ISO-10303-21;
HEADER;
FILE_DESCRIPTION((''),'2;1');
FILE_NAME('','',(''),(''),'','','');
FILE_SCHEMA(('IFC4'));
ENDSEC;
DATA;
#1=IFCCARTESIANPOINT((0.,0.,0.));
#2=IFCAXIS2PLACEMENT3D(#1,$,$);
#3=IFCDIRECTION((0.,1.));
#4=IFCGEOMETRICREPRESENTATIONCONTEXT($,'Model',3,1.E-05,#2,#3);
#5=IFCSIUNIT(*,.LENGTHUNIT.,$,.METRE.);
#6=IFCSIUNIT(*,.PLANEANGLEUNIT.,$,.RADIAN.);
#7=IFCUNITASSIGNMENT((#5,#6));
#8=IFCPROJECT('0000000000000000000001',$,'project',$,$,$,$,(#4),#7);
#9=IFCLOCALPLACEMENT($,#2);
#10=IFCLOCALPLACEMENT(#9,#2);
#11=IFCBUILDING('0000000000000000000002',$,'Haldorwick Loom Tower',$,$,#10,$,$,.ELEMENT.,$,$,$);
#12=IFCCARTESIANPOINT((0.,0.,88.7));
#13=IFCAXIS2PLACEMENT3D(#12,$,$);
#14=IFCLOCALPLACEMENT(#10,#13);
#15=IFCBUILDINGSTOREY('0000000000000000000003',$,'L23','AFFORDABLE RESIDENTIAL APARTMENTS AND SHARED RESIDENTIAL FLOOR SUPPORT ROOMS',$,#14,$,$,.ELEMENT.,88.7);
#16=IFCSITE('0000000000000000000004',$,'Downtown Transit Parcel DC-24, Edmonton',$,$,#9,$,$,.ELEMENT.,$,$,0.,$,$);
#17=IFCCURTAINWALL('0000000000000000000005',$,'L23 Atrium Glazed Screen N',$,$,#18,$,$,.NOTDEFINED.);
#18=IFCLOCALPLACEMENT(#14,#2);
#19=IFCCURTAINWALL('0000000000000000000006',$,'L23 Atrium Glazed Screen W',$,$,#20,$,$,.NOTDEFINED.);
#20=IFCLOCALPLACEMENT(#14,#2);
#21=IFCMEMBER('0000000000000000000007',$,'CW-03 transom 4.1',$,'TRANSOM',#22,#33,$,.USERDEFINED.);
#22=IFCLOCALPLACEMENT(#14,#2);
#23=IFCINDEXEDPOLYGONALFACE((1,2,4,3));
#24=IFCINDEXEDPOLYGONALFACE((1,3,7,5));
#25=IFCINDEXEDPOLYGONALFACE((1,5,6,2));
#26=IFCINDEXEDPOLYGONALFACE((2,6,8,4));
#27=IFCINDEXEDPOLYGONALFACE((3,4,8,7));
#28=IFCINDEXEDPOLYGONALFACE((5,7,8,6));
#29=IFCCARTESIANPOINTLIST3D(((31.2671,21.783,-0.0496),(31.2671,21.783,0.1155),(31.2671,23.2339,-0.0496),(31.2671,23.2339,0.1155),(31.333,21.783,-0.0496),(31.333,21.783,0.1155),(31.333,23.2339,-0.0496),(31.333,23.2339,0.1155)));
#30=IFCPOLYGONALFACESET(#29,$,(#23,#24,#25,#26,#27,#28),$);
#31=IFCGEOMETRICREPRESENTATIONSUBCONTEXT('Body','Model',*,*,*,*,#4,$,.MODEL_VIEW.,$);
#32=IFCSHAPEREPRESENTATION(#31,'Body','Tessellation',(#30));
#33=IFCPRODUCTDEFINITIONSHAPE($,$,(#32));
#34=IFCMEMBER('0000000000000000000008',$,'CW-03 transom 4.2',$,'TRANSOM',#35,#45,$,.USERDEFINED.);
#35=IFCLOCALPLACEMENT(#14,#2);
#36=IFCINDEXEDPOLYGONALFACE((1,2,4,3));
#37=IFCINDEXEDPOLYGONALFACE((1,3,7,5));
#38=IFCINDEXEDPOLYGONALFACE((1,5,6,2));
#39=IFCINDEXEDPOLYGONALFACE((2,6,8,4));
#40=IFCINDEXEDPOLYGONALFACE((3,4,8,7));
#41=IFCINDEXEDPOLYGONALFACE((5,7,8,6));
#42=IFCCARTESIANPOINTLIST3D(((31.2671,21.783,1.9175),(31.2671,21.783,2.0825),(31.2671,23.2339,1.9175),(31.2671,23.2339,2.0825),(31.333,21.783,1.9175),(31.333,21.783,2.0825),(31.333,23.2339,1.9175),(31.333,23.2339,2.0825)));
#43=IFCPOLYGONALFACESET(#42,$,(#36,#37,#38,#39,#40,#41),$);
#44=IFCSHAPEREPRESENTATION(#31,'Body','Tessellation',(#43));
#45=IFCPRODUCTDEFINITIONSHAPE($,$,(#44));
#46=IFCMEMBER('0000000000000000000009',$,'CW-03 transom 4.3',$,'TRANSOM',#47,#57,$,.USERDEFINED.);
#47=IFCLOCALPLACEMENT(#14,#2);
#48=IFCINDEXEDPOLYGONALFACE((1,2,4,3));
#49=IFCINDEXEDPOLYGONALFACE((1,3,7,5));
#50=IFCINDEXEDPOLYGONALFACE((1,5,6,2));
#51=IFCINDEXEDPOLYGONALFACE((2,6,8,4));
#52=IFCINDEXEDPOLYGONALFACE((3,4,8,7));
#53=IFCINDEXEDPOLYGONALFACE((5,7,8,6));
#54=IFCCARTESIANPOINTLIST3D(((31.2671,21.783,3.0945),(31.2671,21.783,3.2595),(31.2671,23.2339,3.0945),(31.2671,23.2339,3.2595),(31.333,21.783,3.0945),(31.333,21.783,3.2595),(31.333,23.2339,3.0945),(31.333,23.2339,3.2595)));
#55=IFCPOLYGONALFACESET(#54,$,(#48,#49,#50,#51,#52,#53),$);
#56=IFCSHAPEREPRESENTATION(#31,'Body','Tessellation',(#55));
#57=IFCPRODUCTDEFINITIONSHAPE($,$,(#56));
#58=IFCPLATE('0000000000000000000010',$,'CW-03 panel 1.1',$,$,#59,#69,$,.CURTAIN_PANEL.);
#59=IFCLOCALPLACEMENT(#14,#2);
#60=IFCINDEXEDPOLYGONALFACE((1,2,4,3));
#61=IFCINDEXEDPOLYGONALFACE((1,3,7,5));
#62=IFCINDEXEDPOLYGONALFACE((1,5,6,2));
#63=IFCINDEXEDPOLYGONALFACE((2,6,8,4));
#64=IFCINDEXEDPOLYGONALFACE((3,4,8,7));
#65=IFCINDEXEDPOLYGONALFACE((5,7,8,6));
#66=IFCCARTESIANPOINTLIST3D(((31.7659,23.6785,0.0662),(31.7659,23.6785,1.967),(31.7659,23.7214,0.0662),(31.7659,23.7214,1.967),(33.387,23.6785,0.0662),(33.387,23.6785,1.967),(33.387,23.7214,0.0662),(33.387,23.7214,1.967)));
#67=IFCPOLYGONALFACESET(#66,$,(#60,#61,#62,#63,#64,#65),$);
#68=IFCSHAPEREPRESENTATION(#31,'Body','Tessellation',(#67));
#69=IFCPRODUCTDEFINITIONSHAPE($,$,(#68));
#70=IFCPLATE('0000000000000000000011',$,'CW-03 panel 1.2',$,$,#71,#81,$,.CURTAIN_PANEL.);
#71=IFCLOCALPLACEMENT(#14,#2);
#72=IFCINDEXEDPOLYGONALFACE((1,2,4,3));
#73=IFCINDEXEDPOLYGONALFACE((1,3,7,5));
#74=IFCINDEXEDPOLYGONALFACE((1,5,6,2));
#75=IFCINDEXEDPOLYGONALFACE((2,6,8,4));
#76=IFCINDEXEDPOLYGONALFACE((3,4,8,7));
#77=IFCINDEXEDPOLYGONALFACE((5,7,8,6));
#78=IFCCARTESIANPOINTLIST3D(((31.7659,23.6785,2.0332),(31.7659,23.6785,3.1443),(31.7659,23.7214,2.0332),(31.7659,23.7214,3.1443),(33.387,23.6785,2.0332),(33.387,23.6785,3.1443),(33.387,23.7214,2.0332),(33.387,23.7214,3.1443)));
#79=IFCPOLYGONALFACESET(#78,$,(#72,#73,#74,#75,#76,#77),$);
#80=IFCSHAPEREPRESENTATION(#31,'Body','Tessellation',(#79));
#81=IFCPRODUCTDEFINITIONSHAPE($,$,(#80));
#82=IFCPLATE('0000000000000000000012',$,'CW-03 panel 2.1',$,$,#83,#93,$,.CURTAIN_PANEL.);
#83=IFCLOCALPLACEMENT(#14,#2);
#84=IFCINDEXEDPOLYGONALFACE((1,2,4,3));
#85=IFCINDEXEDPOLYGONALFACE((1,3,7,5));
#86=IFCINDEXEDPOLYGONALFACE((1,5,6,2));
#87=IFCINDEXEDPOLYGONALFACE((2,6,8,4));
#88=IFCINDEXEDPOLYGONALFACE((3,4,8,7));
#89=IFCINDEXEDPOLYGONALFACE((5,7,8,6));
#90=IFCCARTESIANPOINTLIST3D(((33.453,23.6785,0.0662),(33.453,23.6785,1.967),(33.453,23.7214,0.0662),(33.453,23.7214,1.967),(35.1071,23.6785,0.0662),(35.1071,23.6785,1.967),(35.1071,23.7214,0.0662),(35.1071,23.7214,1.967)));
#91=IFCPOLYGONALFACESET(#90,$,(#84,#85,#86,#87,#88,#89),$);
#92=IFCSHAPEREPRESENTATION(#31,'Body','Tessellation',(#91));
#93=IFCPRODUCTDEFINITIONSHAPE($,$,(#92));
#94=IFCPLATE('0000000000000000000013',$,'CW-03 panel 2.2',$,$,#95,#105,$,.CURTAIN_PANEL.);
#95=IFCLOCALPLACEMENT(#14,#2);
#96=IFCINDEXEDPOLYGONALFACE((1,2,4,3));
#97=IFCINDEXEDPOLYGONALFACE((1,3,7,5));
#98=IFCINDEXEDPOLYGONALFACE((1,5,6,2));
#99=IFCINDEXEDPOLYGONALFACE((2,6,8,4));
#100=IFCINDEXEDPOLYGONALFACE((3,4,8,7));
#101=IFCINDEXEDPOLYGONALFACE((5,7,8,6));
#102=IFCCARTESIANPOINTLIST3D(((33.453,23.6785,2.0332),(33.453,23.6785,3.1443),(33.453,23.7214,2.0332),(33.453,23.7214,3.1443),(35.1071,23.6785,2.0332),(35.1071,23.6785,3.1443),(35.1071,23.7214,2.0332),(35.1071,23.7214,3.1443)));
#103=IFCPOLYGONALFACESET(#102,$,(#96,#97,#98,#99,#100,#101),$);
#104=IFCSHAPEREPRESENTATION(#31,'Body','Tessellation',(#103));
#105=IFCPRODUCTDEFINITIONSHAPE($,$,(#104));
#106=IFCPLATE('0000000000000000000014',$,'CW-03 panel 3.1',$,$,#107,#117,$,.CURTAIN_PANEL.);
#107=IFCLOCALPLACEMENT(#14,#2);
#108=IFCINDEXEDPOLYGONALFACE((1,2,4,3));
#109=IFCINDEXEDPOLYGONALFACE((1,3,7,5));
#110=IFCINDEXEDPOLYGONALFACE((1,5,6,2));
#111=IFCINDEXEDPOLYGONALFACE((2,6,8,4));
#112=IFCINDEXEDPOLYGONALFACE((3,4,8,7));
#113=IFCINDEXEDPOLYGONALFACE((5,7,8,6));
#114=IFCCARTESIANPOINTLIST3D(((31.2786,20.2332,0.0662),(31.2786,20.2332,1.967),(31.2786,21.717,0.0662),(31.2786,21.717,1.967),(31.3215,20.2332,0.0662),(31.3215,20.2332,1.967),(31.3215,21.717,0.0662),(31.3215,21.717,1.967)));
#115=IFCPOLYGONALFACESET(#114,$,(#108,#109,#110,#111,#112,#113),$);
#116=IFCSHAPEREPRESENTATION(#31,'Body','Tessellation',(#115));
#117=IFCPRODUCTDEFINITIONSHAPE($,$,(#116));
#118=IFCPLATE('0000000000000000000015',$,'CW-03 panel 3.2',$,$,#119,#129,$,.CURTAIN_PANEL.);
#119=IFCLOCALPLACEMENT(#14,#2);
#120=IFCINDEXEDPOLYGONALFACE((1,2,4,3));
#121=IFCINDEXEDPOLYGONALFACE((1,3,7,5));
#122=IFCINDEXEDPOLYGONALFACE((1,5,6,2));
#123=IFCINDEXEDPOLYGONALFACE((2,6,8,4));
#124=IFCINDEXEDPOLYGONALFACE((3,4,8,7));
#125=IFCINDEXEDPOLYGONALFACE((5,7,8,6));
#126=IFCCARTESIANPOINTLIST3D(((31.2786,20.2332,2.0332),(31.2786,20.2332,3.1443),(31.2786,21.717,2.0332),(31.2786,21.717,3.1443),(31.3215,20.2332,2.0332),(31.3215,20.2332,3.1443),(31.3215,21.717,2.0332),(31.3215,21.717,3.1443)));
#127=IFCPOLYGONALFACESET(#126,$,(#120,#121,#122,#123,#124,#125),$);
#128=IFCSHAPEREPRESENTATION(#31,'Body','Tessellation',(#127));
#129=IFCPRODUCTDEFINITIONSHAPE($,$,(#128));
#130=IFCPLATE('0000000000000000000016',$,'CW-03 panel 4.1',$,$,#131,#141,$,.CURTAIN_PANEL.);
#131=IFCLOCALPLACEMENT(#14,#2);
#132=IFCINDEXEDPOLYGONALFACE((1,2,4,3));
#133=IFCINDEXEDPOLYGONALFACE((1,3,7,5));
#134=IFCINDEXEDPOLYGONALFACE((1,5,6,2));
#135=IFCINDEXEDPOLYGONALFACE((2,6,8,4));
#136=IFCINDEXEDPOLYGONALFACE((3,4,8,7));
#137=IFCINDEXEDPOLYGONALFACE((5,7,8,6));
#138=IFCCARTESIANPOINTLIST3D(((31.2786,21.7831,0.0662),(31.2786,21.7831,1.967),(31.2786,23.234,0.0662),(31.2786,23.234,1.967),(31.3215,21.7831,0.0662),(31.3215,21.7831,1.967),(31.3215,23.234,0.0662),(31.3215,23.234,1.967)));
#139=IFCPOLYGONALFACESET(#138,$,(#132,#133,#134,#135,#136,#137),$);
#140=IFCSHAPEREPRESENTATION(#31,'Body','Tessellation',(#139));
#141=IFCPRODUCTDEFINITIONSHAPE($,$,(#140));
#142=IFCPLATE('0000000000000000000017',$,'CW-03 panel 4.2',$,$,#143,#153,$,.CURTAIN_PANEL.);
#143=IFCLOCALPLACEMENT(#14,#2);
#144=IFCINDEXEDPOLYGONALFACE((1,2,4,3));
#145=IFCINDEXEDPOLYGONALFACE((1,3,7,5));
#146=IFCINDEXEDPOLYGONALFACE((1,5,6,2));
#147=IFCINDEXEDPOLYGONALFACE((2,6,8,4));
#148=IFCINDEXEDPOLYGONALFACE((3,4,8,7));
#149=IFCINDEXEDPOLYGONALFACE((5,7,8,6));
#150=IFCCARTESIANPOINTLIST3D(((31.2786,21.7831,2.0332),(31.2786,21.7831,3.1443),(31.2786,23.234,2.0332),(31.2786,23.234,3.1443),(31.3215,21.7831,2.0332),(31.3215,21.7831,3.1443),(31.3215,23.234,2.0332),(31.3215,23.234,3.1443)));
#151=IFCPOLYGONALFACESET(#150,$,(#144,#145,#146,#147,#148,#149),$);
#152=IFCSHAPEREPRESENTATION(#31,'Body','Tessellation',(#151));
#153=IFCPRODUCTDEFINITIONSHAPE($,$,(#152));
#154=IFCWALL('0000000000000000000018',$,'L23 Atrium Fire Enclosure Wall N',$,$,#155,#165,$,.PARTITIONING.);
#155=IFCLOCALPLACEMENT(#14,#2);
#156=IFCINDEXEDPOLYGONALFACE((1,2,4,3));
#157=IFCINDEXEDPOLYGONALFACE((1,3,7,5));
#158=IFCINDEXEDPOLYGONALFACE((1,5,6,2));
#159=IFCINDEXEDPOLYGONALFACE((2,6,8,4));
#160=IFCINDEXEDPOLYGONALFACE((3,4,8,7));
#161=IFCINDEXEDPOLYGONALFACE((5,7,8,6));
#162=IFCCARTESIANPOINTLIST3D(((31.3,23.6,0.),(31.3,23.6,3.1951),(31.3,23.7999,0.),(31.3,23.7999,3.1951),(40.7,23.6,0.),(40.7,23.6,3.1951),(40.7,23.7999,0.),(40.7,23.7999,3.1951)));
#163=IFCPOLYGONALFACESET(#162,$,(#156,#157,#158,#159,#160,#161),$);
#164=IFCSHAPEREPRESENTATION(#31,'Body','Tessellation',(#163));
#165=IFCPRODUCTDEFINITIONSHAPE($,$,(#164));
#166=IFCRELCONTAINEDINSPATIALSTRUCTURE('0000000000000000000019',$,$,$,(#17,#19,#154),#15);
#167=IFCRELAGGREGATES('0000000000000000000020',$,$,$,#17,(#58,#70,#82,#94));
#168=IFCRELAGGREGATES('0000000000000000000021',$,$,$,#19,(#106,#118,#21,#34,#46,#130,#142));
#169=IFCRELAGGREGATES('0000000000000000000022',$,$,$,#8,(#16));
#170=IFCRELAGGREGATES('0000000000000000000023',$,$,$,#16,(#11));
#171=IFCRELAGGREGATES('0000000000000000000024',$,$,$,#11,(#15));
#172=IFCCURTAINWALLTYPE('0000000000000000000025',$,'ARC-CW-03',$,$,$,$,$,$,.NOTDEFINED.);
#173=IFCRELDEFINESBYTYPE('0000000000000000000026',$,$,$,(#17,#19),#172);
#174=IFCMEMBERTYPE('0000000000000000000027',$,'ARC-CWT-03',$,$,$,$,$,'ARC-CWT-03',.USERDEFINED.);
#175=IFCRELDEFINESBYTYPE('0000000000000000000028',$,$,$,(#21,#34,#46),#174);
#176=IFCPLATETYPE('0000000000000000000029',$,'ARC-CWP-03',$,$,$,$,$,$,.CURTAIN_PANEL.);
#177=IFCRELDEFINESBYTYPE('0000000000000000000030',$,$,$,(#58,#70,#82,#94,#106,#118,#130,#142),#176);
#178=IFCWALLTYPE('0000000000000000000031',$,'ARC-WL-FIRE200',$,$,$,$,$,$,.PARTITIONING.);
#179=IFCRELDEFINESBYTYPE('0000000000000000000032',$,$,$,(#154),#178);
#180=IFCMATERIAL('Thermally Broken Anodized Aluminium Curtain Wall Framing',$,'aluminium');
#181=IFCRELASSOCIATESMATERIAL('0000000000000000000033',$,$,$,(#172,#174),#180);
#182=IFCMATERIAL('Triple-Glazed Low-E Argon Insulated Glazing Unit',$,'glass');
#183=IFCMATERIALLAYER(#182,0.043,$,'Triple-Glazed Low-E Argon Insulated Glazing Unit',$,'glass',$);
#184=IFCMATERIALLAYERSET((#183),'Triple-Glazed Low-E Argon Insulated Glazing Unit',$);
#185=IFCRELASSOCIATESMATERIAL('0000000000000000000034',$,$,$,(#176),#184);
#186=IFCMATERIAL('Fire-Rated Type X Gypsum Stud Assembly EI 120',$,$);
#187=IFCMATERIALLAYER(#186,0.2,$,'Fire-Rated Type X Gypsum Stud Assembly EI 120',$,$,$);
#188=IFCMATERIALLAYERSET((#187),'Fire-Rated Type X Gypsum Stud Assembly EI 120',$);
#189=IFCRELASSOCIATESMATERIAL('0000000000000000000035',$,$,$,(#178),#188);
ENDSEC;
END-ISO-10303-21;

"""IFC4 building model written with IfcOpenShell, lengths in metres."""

from ifc_helpers import new_model, si_unit, direction, frame, frame_2d, origin, origin_2d, place, context, subcontext, project, spatial, rectangle, extrude, material, layer, layer_set, material_profile, profile_set, type_object, element, aggregate, save


model = new_model("IFC4")

# Units and contexts
model_context = context("Model", 3, precision=1e-05, world=origin(), true_north=direction((0.0, 1.0)))
body_context = subcontext(model_context, "Body", "Model", "MODEL_VIEW")
ifc_project = project(units=[si_unit("LENGTHUNIT", "METRE"), si_unit("PLANEANGLEUNIT", "RADIAN")], contexts=[model_context])

# Site, building, storey
site_placement = place(None, origin())
site = spatial("IfcSite", under=ifc_project, at=site_placement, Name="Downtown Transit Parcel DC-24, Edmonton", CompositionType="ELEMENT", RefElevation=0.0)
building_placement = place(site_placement, origin())
building = spatial("IfcBuilding", under=site, at=building_placement, Name="Haldorwick Loom Tower", CompositionType="ELEMENT")
storey_placement = place(building_placement, frame((0.0, 0.0, 88.7)))
storey = spatial("IfcBuildingStorey", under=building, at=storey_placement, Name="L23", Description="AFFORDABLE RESIDENTIAL APARTMENTS AND SHARED RESIDENTIAL FLOOR SUPPORT ROOMS", CompositionType="ELEMENT", Elevation=88.7)

# Curtain walls
ifc_material_1 = material(Name="Thermally Broken Anodized Aluminium Curtain Wall Framing", Category="aluminium")
curtain_wall_type = type_object("IfcCurtainWallType", Name="ARC-CW-03", PredefinedType="NOTDEFINED", material=ifc_material_1)
curtain_wall_1_placement = place(storey_placement, origin())
curtain_wall_1 = element("IfcCurtainWall", 1, at=curtain_wall_1_placement, inside=storey, type_object=curtain_wall_type, Name="L23 Atrium Glazed Screen N", PredefinedType="NOTDEFINED")
curtain_wall_2_placement = place(storey_placement, origin())
curtain_wall_2 = element("IfcCurtainWall", 2, at=curtain_wall_2_placement, inside=storey, type_object=curtain_wall_type, Name="L23 Atrium Glazed Screen W", PredefinedType="NOTDEFINED")

# Members
ifc_material_profile_1 = material_profile(ifc_material_1, rectangle(XDim=0.0659, YDim=0.165, at=origin_2d()), Name="ALU_TRN_66X165", Category="aluminium")
ifc_profile_set_1 = profile_set([ifc_material_profile_1], Name="Thermally Broken Anodized Aluminium Curtain Wall Framing")
member_type_1 = type_object("IfcMemberType", Name="ARC-CWT-03", ElementType="ARC-CWT-03", PredefinedType="USERDEFINED", material=ifc_profile_set_1)
member_1_placement = place(storey_placement, frame((31.3, 21.783, 0.033), z_axis=(0.0, 1.0, 0.0), x_axis=(-1.0, 0.0, 0.0)))
member_1 = element("IfcMember", 3, at=member_1_placement, type_object=member_type_1, Name="CW-03 transom 4.1", ObjectType="TRANSOM", PredefinedType="USERDEFINED", context=body_context, shape_type="SweptSolid", body=[
    extrude(rectangle(XDim=0.0659, YDim=0.165, at=origin_2d()), origin(), (0.0, 0.0, 1.0), 1.4509),
])
member_2_placement = place(storey_placement, frame((31.3, 21.783, 2.0), z_axis=(0.0, 1.0, 0.0), x_axis=(-1.0, 0.0, 0.0)))
member_2 = element("IfcMember", 4, at=member_2_placement, type_object=member_type_1, Name="CW-03 transom 4.2", ObjectType="TRANSOM", PredefinedType="USERDEFINED", context=body_context, shape_type="SweptSolid", body=[
    extrude(rectangle(XDim=0.0659, YDim=0.165, at=origin_2d()), origin(), (0.0, 0.0, 1.0), 1.4509),
])
member_3_placement = place(storey_placement, frame((31.3, 21.783, 3.177), z_axis=(0.0, 1.0, 0.0), x_axis=(-1.0, 0.0, 0.0)))
member_3 = element("IfcMember", 5, at=member_3_placement, type_object=member_type_1, Name="CW-03 transom 4.3", ObjectType="TRANSOM", PredefinedType="USERDEFINED", context=body_context, shape_type="SweptSolid", body=[
    extrude(rectangle(XDim=0.0659, YDim=0.165, at=origin_2d()), origin(), (0.0, 0.0, 1.0), 1.4509),
])

# Plates
ifc_material_2 = material(Name="Triple-Glazed Low-E Argon Insulated Glazing Unit", Category="glass")
ifc_layer_1 = layer(ifc_material_2, 0.043, Name="Triple-Glazed Low-E Argon Insulated Glazing Unit", Category="glass")
ifc_layer_set_1 = layer_set([ifc_layer_1], Name="Triple-Glazed Low-E Argon Insulated Glazing Unit")
plate_type = type_object("IfcPlateType", Name="ARC-CWP-03", PredefinedType="CURTAIN_PANEL", material=ifc_layer_set_1)
plate_1_placement = place(storey_placement, frame((32.5764, 23.7, 0.0662), z_axis=(0.0, 0.0, 1.0), x_axis=(1.0, 0.0, 0.0)))
plate_1 = element("IfcPlate", 6, at=plate_1_placement, type_object=plate_type, Name="CW-03 panel 1.1", PredefinedType="CURTAIN_PANEL", context=body_context, shape_type="SweptSolid", body=[
    extrude(rectangle(XDim=1.6211, YDim=0.043, at=origin_2d()), origin(), (0.0, 0.0, 1.0), 1.9009),
])
plate_2_placement = place(storey_placement, frame((32.5764, 23.7, 2.0332), z_axis=(0.0, 0.0, 1.0), x_axis=(1.0, 0.0, 0.0)))
plate_2 = element("IfcPlate", 7, at=plate_2_placement, type_object=plate_type, Name="CW-03 panel 1.2", PredefinedType="CURTAIN_PANEL", context=body_context, shape_type="SweptSolid", body=[
    extrude(rectangle(XDim=1.6211, YDim=0.043, at=origin_2d()), origin(), (0.0, 0.0, 1.0), 1.1111),
])
plate_3_placement = place(storey_placement, frame((34.28, 23.7, 0.0662), z_axis=(0.0, 0.0, 1.0), x_axis=(1.0, 0.0, 0.0)))
plate_3 = element("IfcPlate", 8, at=plate_3_placement, type_object=plate_type, Name="CW-03 panel 2.1", PredefinedType="CURTAIN_PANEL", context=body_context, shape_type="SweptSolid", body=[
    extrude(rectangle(XDim=1.6541, YDim=0.043, at=origin_2d()), origin(), (0.0, 0.0, 1.0), 1.9009),
])
plate_4_placement = place(storey_placement, frame((34.28, 23.7, 2.0332), z_axis=(0.0, 0.0, 1.0), x_axis=(1.0, 0.0, 0.0)))
plate_4 = element("IfcPlate", 9, at=plate_4_placement, type_object=plate_type, Name="CW-03 panel 2.2", PredefinedType="CURTAIN_PANEL", context=body_context, shape_type="SweptSolid", body=[
    extrude(rectangle(XDim=1.6541, YDim=0.043, at=origin_2d()), origin(), (0.0, 0.0, 1.0), 1.1111),
])
aggregate(curtain_wall_1, [plate_1, plate_2, plate_3, plate_4])
plate_5_placement = place(storey_placement, frame((31.3, 20.9751, 0.0662), z_axis=(0.0, 0.0, 1.0), x_axis=(0.0, 1.0, 0.0)))
plate_5 = element("IfcPlate", 10, at=plate_5_placement, type_object=plate_type, Name="CW-03 panel 3.1", PredefinedType="CURTAIN_PANEL", context=body_context, shape_type="SweptSolid", body=[
    extrude(rectangle(XDim=1.4839, YDim=0.043, at=origin_2d()), origin(), (0.0, 0.0, 1.0), 1.9009),
])
plate_6_placement = place(storey_placement, frame((31.3, 20.9751, 2.0332), z_axis=(0.0, 0.0, 1.0), x_axis=(0.0, 1.0, 0.0)))
plate_6 = element("IfcPlate", 11, at=plate_6_placement, type_object=plate_type, Name="CW-03 panel 3.2", PredefinedType="CURTAIN_PANEL", context=body_context, shape_type="SweptSolid", body=[
    extrude(rectangle(XDim=1.4839, YDim=0.043, at=origin_2d()), origin(), (0.0, 0.0, 1.0), 1.1111),
])
plate_7_placement = place(storey_placement, frame((31.3, 22.5085, 0.0662), z_axis=(0.0, 0.0, 1.0), x_axis=(0.0, 1.0, 0.0)))
plate_7 = element("IfcPlate", 12, at=plate_7_placement, type_object=plate_type, Name="CW-03 panel 4.1", PredefinedType="CURTAIN_PANEL", context=body_context, shape_type="SweptSolid", body=[
    extrude(rectangle(XDim=1.4509, YDim=0.043, at=origin_2d()), origin(), (0.0, 0.0, 1.0), 1.9009),
])
plate_8_placement = place(storey_placement, frame((31.3, 22.5085, 2.0332), z_axis=(0.0, 0.0, 1.0), x_axis=(0.0, 1.0, 0.0)))
plate_8 = element("IfcPlate", 13, at=plate_8_placement, type_object=plate_type, Name="CW-03 panel 4.2", PredefinedType="CURTAIN_PANEL", context=body_context, shape_type="SweptSolid", body=[
    extrude(rectangle(XDim=1.4509, YDim=0.043, at=origin_2d()), origin(), (0.0, 0.0, 1.0), 1.1111),
])
aggregate(curtain_wall_2, [plate_5, plate_6, member_1, member_2, member_3, plate_7, plate_8])

# Wall
ifc_material_3 = material(Name="Fire-Rated Type X Gypsum Stud Assembly EI 120")
ifc_layer_2 = layer(ifc_material_3, 0.2, Name="Fire-Rated Type X Gypsum Stud Assembly EI 120")
ifc_layer_set_2 = layer_set([ifc_layer_2], Name="Fire-Rated Type X Gypsum Stud Assembly EI 120")
wall_type = type_object("IfcWallType", Name="ARC-WL-FIRE200", PredefinedType="PARTITIONING", material=ifc_layer_set_2)
wall_placement = place(storey_placement, frame((31.3, 23.7, 0.0), z_axis=(0.0, 0.0, 1.0), x_axis=(1.0, 0.0, 0.0)))
element("IfcWall", 14, at=wall_placement, inside=storey, type_object=wall_type, Name="L23 Atrium Fire Enclosure Wall N", PredefinedType="PARTITIONING", context=body_context, shape_type="SweptSolid", body=[
    extrude(rectangle(XDim=9.3999, YDim=0.2, at=frame_2d((4.7, 0.0))), origin(), (0.0, 0.0, 1.0), 3.1951),
])

save(model, "model.ifc")
